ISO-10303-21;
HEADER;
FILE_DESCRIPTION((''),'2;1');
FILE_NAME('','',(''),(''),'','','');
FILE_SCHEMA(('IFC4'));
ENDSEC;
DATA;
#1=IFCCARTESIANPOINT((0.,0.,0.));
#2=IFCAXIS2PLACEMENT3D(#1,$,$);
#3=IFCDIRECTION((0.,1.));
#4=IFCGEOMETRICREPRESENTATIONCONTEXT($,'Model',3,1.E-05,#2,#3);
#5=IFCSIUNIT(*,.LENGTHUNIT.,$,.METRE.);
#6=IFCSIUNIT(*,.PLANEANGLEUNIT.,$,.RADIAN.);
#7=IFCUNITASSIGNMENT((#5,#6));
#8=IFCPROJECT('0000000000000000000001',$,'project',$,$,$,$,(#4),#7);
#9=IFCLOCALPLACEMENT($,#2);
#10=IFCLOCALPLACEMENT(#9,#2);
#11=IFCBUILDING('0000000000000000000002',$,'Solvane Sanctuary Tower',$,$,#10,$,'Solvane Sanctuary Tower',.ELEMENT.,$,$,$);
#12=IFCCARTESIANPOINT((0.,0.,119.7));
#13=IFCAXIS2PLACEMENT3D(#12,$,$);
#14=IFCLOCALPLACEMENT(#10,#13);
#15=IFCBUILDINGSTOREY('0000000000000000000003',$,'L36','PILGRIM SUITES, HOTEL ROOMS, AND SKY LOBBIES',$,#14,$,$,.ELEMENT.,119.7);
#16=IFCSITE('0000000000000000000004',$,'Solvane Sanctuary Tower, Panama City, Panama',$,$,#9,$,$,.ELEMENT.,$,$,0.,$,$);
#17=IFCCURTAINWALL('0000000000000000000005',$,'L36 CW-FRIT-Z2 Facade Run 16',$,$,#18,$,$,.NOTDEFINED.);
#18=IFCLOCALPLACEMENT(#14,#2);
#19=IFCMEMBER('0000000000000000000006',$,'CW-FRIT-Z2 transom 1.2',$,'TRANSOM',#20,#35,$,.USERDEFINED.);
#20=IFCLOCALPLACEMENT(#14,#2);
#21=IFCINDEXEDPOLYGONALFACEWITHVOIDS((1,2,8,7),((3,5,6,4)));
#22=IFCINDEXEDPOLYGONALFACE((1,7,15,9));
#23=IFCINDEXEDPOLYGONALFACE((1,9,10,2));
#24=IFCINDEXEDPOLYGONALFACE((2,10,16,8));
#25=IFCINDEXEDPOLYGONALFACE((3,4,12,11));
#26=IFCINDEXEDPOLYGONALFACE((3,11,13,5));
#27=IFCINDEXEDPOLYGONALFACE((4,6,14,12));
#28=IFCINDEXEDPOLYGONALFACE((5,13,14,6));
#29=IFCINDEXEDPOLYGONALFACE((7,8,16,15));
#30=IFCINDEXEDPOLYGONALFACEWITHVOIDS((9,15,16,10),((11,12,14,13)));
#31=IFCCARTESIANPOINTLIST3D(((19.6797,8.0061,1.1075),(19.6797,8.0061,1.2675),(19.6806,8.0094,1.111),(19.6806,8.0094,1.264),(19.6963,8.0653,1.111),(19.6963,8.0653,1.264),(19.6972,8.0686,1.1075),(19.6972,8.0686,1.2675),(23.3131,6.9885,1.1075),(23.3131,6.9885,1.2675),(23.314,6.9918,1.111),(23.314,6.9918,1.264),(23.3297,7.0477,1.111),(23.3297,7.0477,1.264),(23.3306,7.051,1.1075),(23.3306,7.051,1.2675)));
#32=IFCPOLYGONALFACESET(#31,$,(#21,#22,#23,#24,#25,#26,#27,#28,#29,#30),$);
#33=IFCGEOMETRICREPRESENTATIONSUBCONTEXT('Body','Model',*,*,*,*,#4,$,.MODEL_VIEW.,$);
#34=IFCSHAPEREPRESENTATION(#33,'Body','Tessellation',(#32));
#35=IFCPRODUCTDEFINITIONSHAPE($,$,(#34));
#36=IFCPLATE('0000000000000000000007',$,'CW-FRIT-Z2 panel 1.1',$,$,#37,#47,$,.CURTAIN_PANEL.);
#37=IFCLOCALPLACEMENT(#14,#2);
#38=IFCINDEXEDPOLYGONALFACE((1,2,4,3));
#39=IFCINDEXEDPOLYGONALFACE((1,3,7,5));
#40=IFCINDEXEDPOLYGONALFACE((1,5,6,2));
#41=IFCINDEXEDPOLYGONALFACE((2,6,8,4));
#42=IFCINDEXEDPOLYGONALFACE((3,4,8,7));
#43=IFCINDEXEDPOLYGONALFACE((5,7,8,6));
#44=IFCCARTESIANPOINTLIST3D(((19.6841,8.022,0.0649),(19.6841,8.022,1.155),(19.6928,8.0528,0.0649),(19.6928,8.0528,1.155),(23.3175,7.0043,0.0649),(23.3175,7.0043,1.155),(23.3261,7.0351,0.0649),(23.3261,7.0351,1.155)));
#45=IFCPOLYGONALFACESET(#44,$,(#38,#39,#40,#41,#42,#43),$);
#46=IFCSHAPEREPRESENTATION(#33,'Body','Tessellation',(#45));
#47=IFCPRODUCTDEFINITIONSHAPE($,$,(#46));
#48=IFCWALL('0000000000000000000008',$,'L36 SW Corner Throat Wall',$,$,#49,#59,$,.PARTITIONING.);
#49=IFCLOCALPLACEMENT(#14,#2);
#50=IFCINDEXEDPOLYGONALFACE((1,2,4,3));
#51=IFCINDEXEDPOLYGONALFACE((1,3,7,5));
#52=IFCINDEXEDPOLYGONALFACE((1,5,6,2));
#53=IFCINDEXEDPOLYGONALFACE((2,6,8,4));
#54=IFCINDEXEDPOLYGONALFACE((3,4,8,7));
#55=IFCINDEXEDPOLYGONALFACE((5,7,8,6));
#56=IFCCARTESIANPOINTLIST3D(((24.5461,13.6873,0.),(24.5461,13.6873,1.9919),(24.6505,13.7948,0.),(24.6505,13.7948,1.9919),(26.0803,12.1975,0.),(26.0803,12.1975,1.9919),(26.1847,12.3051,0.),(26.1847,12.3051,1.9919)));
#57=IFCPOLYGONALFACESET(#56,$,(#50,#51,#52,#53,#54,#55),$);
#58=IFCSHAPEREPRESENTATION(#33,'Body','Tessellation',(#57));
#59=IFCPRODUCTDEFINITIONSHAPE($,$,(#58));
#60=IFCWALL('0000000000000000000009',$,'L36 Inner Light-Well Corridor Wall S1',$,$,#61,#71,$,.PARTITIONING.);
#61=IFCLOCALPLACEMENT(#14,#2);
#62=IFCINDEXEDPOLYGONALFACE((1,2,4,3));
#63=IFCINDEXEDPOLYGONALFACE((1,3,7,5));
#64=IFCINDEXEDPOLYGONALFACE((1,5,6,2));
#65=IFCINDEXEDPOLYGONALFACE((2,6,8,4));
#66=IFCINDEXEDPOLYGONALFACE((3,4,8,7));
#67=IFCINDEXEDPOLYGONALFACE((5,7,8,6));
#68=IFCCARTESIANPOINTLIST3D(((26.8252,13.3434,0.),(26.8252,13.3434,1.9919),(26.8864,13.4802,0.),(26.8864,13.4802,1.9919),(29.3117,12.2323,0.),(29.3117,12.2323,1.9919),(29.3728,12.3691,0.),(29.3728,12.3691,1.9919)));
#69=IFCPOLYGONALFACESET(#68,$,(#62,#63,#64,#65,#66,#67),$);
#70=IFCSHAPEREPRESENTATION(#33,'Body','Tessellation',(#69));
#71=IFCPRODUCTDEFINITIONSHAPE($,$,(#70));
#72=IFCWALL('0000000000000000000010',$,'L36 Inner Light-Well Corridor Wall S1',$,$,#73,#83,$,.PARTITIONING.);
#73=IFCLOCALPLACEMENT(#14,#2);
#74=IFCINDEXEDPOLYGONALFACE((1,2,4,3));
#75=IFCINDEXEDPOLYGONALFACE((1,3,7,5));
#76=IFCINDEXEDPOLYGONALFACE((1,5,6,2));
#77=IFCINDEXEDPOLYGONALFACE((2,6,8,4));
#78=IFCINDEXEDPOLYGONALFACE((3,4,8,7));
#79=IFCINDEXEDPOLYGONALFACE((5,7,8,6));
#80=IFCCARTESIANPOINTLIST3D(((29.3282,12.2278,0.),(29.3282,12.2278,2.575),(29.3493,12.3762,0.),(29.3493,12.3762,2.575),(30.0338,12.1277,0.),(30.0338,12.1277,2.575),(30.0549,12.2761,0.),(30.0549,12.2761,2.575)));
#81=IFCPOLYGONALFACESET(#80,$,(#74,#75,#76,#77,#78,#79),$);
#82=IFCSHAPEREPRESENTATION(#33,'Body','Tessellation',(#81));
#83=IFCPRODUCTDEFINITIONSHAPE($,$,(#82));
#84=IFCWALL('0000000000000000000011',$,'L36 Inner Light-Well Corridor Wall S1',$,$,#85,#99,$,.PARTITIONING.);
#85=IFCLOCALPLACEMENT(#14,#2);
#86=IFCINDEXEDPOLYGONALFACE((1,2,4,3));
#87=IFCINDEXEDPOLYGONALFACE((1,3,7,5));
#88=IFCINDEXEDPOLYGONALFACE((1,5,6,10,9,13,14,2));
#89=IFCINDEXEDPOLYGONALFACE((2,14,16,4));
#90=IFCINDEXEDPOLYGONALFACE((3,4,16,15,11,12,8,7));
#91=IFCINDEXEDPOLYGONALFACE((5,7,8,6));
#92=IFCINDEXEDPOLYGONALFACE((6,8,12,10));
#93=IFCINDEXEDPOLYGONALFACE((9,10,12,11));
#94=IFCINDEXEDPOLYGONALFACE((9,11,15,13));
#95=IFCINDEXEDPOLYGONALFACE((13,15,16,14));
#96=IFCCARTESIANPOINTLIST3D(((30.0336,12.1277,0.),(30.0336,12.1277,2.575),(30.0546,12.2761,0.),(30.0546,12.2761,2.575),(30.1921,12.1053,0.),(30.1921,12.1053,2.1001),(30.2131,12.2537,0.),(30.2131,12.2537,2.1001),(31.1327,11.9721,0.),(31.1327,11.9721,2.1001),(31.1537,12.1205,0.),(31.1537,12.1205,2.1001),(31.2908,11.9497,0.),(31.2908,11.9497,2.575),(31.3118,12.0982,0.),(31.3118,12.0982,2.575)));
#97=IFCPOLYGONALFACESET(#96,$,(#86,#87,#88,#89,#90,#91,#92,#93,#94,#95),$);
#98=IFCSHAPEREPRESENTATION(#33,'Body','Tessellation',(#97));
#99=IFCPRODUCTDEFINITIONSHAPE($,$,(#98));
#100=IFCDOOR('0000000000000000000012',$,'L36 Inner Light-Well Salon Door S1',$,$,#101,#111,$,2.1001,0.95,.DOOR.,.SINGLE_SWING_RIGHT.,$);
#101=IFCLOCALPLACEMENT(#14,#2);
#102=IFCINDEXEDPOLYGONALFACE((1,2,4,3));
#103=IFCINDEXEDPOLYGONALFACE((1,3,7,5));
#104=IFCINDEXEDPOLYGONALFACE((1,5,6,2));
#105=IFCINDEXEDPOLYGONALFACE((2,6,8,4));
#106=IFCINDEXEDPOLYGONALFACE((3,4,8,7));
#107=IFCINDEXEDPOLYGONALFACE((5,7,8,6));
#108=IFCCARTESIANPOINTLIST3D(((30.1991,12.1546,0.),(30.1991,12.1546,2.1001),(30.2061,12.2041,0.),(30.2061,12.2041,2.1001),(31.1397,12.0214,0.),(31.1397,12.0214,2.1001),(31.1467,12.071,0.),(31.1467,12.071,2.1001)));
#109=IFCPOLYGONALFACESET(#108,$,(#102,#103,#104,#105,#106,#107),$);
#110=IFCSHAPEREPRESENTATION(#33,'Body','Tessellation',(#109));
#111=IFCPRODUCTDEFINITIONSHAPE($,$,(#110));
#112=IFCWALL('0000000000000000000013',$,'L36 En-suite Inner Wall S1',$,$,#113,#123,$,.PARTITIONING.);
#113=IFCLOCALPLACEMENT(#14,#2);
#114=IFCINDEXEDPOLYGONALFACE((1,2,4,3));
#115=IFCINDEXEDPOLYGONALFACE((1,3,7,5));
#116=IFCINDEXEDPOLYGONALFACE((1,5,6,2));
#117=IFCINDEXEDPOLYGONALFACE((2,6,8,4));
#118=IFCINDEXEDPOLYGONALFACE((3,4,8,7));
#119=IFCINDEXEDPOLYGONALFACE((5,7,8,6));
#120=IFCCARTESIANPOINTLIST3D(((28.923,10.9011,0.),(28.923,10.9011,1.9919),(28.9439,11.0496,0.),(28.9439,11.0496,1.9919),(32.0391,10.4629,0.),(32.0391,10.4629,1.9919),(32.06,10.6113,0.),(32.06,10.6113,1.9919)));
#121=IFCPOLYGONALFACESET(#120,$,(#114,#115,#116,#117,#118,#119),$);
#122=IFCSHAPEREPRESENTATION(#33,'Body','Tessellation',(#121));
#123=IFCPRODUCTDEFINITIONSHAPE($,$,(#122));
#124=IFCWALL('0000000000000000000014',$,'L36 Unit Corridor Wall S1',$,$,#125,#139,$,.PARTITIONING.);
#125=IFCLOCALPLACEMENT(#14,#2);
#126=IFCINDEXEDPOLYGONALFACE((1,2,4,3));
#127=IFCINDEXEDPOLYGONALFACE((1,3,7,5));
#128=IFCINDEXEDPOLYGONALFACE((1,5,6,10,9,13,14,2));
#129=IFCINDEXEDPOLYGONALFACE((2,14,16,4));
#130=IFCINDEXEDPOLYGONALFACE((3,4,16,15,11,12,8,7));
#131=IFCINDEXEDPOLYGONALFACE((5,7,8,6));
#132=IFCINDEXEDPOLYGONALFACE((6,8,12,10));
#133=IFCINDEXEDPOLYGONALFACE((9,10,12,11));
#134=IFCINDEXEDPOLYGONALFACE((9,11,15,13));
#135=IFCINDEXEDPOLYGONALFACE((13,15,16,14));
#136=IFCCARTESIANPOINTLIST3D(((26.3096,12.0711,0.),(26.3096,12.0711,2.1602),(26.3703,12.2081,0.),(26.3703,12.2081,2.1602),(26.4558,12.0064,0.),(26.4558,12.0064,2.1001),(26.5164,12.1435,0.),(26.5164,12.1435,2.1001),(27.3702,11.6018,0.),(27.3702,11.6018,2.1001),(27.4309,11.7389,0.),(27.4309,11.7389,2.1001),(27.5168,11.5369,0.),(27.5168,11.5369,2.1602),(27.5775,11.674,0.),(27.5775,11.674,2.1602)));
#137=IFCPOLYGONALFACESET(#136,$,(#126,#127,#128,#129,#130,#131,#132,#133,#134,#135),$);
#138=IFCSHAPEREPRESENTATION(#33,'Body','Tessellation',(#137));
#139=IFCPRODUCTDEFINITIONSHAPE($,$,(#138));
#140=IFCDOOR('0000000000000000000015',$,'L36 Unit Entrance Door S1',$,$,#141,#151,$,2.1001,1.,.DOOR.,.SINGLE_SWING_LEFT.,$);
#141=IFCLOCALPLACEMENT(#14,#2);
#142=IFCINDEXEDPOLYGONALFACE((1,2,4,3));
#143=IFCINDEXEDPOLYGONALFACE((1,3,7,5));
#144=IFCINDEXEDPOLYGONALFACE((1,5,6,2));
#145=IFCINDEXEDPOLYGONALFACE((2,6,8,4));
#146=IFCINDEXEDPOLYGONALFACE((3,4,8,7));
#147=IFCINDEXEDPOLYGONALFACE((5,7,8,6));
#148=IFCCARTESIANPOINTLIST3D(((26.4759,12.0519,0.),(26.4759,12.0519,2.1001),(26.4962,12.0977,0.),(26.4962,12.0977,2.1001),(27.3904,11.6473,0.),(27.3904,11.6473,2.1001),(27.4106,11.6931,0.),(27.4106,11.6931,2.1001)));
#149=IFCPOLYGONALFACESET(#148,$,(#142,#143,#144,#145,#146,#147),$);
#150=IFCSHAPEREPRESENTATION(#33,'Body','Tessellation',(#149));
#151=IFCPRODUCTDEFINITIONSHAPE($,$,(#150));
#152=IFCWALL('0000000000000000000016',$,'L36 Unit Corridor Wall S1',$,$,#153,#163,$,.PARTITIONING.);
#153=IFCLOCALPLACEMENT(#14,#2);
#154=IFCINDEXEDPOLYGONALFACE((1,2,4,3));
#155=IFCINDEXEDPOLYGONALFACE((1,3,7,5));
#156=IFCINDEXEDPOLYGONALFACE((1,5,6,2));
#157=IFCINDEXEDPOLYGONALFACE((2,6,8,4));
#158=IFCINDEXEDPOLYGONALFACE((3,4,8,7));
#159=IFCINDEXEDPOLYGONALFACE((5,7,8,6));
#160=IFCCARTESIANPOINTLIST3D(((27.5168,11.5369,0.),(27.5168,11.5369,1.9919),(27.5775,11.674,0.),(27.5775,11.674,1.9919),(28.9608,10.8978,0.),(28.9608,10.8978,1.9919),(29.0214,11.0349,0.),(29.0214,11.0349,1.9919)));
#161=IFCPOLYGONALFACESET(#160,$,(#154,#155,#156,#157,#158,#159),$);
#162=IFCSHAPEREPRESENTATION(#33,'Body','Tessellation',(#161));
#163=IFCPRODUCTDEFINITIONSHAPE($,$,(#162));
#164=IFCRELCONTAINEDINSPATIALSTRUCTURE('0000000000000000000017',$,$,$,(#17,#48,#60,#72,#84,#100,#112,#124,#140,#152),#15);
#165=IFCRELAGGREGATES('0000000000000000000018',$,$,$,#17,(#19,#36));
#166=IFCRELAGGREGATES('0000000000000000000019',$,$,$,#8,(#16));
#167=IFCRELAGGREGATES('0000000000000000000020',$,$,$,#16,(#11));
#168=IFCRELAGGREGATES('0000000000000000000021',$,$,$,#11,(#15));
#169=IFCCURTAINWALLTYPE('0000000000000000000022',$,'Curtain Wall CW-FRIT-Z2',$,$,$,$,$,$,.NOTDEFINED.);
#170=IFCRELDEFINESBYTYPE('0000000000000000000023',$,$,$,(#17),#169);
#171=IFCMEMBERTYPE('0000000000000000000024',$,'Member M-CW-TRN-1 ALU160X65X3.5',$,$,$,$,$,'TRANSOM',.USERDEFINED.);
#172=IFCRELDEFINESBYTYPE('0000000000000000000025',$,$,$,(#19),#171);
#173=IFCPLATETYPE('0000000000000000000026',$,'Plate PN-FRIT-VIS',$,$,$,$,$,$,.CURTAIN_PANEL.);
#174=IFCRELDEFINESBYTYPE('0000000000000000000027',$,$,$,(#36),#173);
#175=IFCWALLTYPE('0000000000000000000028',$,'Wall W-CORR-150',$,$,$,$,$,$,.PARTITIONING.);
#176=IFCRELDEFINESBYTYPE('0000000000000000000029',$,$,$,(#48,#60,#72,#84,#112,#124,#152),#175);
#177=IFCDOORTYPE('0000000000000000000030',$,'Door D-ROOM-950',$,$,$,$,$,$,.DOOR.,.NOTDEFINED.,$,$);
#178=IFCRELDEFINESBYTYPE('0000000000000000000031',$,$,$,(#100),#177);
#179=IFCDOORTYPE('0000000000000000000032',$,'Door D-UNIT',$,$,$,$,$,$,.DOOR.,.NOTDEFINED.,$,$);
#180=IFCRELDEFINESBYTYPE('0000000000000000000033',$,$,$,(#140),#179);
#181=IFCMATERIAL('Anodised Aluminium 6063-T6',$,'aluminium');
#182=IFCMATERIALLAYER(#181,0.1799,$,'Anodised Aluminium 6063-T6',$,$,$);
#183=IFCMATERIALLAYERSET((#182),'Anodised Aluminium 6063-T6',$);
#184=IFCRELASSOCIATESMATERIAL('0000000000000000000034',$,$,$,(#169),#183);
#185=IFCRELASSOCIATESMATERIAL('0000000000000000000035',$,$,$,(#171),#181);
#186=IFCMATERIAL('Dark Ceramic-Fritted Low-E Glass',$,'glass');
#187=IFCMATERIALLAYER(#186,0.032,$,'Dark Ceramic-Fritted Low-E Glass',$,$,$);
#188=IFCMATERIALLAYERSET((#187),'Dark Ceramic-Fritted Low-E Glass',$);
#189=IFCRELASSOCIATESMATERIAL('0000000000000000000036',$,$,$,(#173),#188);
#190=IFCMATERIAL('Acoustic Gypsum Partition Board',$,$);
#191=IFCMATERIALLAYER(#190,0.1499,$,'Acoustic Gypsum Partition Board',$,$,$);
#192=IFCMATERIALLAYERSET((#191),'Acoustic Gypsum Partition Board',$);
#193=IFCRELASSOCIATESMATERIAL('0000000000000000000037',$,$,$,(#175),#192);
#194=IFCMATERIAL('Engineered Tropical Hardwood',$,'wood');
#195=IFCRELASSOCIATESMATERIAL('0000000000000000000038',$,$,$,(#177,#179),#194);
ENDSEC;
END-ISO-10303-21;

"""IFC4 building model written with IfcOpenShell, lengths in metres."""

from ifc_helpers import new_model, si_unit, direction, frame, frame_2d, origin, origin_2d, place, context, subcontext, project, spatial, rectangle, hollow_rectangle, extrude, material, layer, layer_set, material_profile, profile_set, type_object, element, fill, aggregate, save


model = new_model("IFC4")

# Units and contexts
model_context = context("Model", 3, precision=1e-05, world=origin(), true_north=direction((0.0, 1.0)))
body_context = subcontext(model_context, "Body", "Model", "MODEL_VIEW")
ifc_project = project(units=[si_unit("LENGTHUNIT", "METRE"), si_unit("PLANEANGLEUNIT", "RADIAN")], contexts=[model_context])

# Site, building, storey
site_placement = place(None, origin())
site = spatial("IfcSite", under=ifc_project, at=site_placement, Name="Solvane Sanctuary Tower, Panama City, Panama", CompositionType="ELEMENT", RefElevation=0.0)
building_placement = place(site_placement, origin())
building = spatial("IfcBuilding", under=site, at=building_placement, Name="Solvane Sanctuary Tower", LongName="Solvane Sanctuary Tower", CompositionType="ELEMENT")
storey_placement = place(building_placement, frame((0.0, 0.0, 119.7)))
storey = spatial("IfcBuildingStorey", under=building, at=storey_placement, Name="L36", Description="PILGRIM SUITES, HOTEL ROOMS, AND SKY LOBBIES", CompositionType="ELEMENT", Elevation=119.7)

# Curtain wall, member, plate
ifc_material_1 = material(Name="Anodised Aluminium 6063-T6", Category="aluminium")
ifc_layer_1 = layer(ifc_material_1, 0.1799, Name="Anodised Aluminium 6063-T6")
ifc_layer_set_1 = layer_set([ifc_layer_1], Name="Anodised Aluminium 6063-T6")
curtain_wall_type = type_object("IfcCurtainWallType", Name="Curtain Wall CW-FRIT-Z2", PredefinedType="NOTDEFINED", material=ifc_layer_set_1)
curtain_wall_placement = place(storey_placement, origin())
curtain_wall = element("IfcCurtainWall", 1, at=curtain_wall_placement, inside=storey, type_object=curtain_wall_type, Name="L36 CW-FRIT-Z2 Facade Run 16", PredefinedType="NOTDEFINED")
ifc_material_profile_1 = material_profile(ifc_material_1, hollow_rectangle(XDim=0.0649, YDim=0.1599, WallThickness=0.0034, at=origin_2d()), Name="ALU160X65X3.5")
ifc_profile_set_1 = profile_set([ifc_material_profile_1], Name="Anodised Aluminium 6063-T6")
member_type_1 = type_object("IfcMemberType", Name="Member M-CW-TRN-1 ALU160X65X3.5", ElementType="TRANSOM", PredefinedType="USERDEFINED", material=ifc_profile_set_1)
member_1_placement = place(storey_placement, frame((19.6885, 8.0374, 1.1875), z_axis=(0.962947, -0.269692, 0.0), x_axis=(0.269692, 0.962947, 0.0)))
member_1 = element("IfcMember", 2, at=member_1_placement, type_object=member_type_1, Name="CW-FRIT-Z2 transom 1.2", ObjectType="TRANSOM", PredefinedType="USERDEFINED", context=body_context, shape_type="SweptSolid", body=[
    extrude(hollow_rectangle(XDim=0.0649, YDim=0.1599, WallThickness=0.0034, at=origin_2d()), origin(), (0.0, 0.0, 1.0), 3.7732),
])
ifc_material_2 = material(Name="Dark Ceramic-Fritted Low-E Glass", Category="glass")
ifc_layer_2 = layer(ifc_material_2, 0.032, Name="Dark Ceramic-Fritted Low-E Glass")
ifc_layer_set_2 = layer_set([ifc_layer_2], Name="Dark Ceramic-Fritted Low-E Glass")
plate_type = type_object("IfcPlateType", Name="Plate PN-FRIT-VIS", PredefinedType="CURTAIN_PANEL", material=ifc_layer_set_2)
plate_placement = place(storey_placement, frame((21.5051, 7.5286, 0.0649), z_axis=(0.0, 0.0, 1.0), x_axis=(0.962943, -0.269705, 0.0)))
plate = element("IfcPlate", 3, at=plate_placement, type_object=plate_type, Name="CW-FRIT-Z2 panel 1.1", PredefinedType="CURTAIN_PANEL", context=body_context, shape_type="SweptSolid", body=[
    extrude(rectangle(XDim=3.7732, YDim=0.032, at=origin_2d()), origin(), (0.0, 0.0, 1.0), 1.0901),
])
aggregate(curtain_wall, [member_1, plate])

# Walls
ifc_material_3 = material(Name="Acoustic Gypsum Partition Board")
ifc_layer_3 = layer(ifc_material_3, 0.1499, Name="Acoustic Gypsum Partition Board")
ifc_layer_set_3 = layer_set([ifc_layer_3], Name="Acoustic Gypsum Partition Board")
wall_type_1 = type_object("IfcWallType", Name="Wall W-CORR-150", PredefinedType="PARTITIONING", material=ifc_layer_set_3)
wall_1_placement = place(storey_placement, frame((26.1326, 12.2512, 0.0), z_axis=(0.0, 0.0, 1.0), x_axis=(-0.71742, 0.696641, 0.0)))
element("IfcWall", 4, at=wall_1_placement, inside=storey, type_object=wall_type_1, Name="L36 SW Corner Throat Wall", PredefinedType="PARTITIONING", context=body_context, shape_type="SweptSolid", body=[
    extrude(rectangle(XDim=2.1384, YDim=0.1499, at=frame_2d((1.0693, 0.0))), origin(), (0.0, 0.0, 1.0), 1.9919),
])
wall_2_placement = place(storey_placement, frame((26.8557, 13.4119, 0.0), z_axis=(0.0, 0.0, 1.0), x_axis=(0.912985, -0.407993, 0.0)))
element("IfcWall", 5, at=wall_2_placement, inside=storey, type_object=wall_type_1, Name="L36 Inner Light-Well Corridor Wall S1", PredefinedType="PARTITIONING", context=body_context, shape_type="SweptSolid", body=[
    extrude(rectangle(XDim=2.7234, YDim=0.1499, at=frame_2d((1.3618, 0.0))), origin(), (0.0, 0.0, 1.0), 1.9919),
])
wall_3_placement = place(storey_placement, frame((29.3386, 12.302, 0.0), z_axis=(0.0, 0.0, 1.0), x_axis=(0.990086, -0.140462, 0.0)))
element("IfcWall", 6, at=wall_3_placement, inside=storey, type_object=wall_type_1, Name="L36 Inner Light-Well Corridor Wall S1", PredefinedType="PARTITIONING", context=body_context, shape_type="SweptSolid", body=[
    extrude(rectangle(XDim=0.7126, YDim=0.1499, at=frame_2d((0.3564, 0.0))), origin(), (0.0, 0.0, 1.0), 2.575),
])

# Wall, opening, door
wall_4_placement = place(storey_placement, frame((30.0442, 12.2019, 0.0), z_axis=(0.0, 0.0, 1.0), x_axis=(0.990129, -0.140156, 0.0)))
wall_4 = element("IfcWall", 7, at=wall_4_placement, inside=storey, type_object=wall_type_1, Name="L36 Inner Light-Well Corridor Wall S1", PredefinedType="PARTITIONING", context=body_context, shape_type="SweptSolid", body=[
    extrude(rectangle(XDim=1.2698, YDim=0.1499, at=frame_2d((0.6348, 0.0))), origin(), (0.0, 0.0, 1.0), 2.575),
])
opening_1_placement = place(wall_4_placement, frame((0.1599, 0.0, 0.0)))
opening_1 = element("IfcOpeningElement", 8, at=opening_1_placement, cuts=wall_4, PredefinedType="OPENING", context=body_context, shape_type="SweptSolid", body=[
    extrude(rectangle(XDim=0.95, YDim=2.1001, at=frame_2d((0.4751, 1.05))), frame((0.0, 0.085, 0.0), z_axis=(0.0, -1.0, 0.0), x_axis=(1.0, 0.0, 0.0)), (0.0, 0.0, 1.0), 0.1699),
])
ifc_material_4 = material(Name="Engineered Tropical Hardwood", Category="wood")
door_type_1 = type_object("IfcDoorType", Name="Door D-ROOM-950", OperationType="NOTDEFINED", PredefinedType="DOOR", material=ifc_material_4)
door_1_placement = place(opening_1_placement, origin())
door_1 = element("IfcDoor", 9, at=door_1_placement, inside=storey, type_object=door_type_1, Name="L36 Inner Light-Well Salon Door S1", OperationType="SINGLE_SWING_RIGHT", OverallHeight=2.1001, OverallWidth=0.95, PredefinedType="DOOR", context=body_context, shape_type="SweptSolid", body=[
    extrude(rectangle(XDim=0.95, YDim=2.1001, at=frame_2d((0.4751, 1.05))), frame((0.0, 0.0249, 0.0), z_axis=(0.0, -1.0, 0.0), x_axis=(1.0, 0.0, 0.0)), (0.0, 0.0, 1.0), 0.05),
])
fill(opening_1, door_1)

# Wall
wall_5_placement = place(storey_placement, frame((28.9336, 10.9753, 0.0), z_axis=(0.0, 0.0, 1.0), x_axis=(0.990254, -0.13927, 0.0)))
element("IfcWall", 10, at=wall_5_placement, inside=storey, type_object=wall_type_1, Name="L36 En-suite Inner Wall S1", PredefinedType="PARTITIONING", context=body_context, shape_type="SweptSolid", body=[
    extrude(rectangle(XDim=3.1467, YDim=0.1499, at=frame_2d((1.5732, 0.0))), origin(), (0.0, 0.0, 1.0), 1.9919),
])

# Wall, opening, door
wall_6_placement = place(storey_placement, frame((26.3398, 12.1396, 0.0), z_axis=(0.0, 0.0, 1.0), x_axis=(0.914481, -0.404628, 0.0)))
wall_6 = element("IfcWall", 11, at=wall_6_placement, inside=storey, type_object=wall_type_1, Name="L36 Unit Corridor Wall S1", PredefinedType="PARTITIONING", context=body_context, shape_type="SweptSolid", body=[
    extrude(rectangle(XDim=1.3201, YDim=0.1499, at=frame_2d((0.6602, 0.0))), origin(), (0.0, 0.0, 1.0), 2.1602),
])
opening_2_placement = place(wall_6_placement, frame((0.1599, 0.0, 0.0)))
opening_2 = element("IfcOpeningElement", 12, at=opening_2_placement, cuts=wall_6, PredefinedType="OPENING", context=body_context, shape_type="SweptSolid", body=[
    extrude(rectangle(XDim=1.0, YDim=2.1001, at=frame_2d((0.5, 1.05))), frame((0.0, 0.085, 0.0), z_axis=(0.0, -1.0, 0.0), x_axis=(1.0, 0.0, 0.0)), (0.0, 0.0, 1.0), 0.1699),
])
door_type_2 = type_object("IfcDoorType", Name="Door D-UNIT", OperationType="NOTDEFINED", PredefinedType="DOOR", material=ifc_material_4)
door_2_placement = place(opening_2_placement, origin())
door_2 = element("IfcDoor", 13, at=door_2_placement, inside=storey, type_object=door_type_2, Name="L36 Unit Entrance Door S1", OperationType="SINGLE_SWING_LEFT", OverallHeight=2.1001, OverallWidth=1.0, PredefinedType="DOOR", context=body_context, shape_type="SweptSolid", body=[
    extrude(rectangle(XDim=1.0, YDim=2.1001, at=frame_2d((0.5, 1.05))), frame((0.0, 0.0249, 0.0), z_axis=(0.0, -1.0, 0.0), x_axis=(1.0, 0.0, 0.0)), (0.0, 0.0, 1.0), 0.05),
])
fill(opening_2, door_2)

# Wall
wall_7_placement = place(storey_placement, frame((27.5471, 11.6055, 0.0), z_axis=(0.0, 0.0, 1.0), x_axis=(0.914435, -0.404732, 0.0)))
element("IfcWall", 14, at=wall_7_placement, inside=storey, type_object=wall_type_1, Name="L36 Unit Corridor Wall S1", PredefinedType="PARTITIONING", context=body_context, shape_type="SweptSolid", body=[
    extrude(rectangle(XDim=1.5791, YDim=0.1499, at=frame_2d((0.7896, 0.0))), origin(), (0.0, 0.0, 1.0), 1.9919),
])

save(model, "model.ifc")
